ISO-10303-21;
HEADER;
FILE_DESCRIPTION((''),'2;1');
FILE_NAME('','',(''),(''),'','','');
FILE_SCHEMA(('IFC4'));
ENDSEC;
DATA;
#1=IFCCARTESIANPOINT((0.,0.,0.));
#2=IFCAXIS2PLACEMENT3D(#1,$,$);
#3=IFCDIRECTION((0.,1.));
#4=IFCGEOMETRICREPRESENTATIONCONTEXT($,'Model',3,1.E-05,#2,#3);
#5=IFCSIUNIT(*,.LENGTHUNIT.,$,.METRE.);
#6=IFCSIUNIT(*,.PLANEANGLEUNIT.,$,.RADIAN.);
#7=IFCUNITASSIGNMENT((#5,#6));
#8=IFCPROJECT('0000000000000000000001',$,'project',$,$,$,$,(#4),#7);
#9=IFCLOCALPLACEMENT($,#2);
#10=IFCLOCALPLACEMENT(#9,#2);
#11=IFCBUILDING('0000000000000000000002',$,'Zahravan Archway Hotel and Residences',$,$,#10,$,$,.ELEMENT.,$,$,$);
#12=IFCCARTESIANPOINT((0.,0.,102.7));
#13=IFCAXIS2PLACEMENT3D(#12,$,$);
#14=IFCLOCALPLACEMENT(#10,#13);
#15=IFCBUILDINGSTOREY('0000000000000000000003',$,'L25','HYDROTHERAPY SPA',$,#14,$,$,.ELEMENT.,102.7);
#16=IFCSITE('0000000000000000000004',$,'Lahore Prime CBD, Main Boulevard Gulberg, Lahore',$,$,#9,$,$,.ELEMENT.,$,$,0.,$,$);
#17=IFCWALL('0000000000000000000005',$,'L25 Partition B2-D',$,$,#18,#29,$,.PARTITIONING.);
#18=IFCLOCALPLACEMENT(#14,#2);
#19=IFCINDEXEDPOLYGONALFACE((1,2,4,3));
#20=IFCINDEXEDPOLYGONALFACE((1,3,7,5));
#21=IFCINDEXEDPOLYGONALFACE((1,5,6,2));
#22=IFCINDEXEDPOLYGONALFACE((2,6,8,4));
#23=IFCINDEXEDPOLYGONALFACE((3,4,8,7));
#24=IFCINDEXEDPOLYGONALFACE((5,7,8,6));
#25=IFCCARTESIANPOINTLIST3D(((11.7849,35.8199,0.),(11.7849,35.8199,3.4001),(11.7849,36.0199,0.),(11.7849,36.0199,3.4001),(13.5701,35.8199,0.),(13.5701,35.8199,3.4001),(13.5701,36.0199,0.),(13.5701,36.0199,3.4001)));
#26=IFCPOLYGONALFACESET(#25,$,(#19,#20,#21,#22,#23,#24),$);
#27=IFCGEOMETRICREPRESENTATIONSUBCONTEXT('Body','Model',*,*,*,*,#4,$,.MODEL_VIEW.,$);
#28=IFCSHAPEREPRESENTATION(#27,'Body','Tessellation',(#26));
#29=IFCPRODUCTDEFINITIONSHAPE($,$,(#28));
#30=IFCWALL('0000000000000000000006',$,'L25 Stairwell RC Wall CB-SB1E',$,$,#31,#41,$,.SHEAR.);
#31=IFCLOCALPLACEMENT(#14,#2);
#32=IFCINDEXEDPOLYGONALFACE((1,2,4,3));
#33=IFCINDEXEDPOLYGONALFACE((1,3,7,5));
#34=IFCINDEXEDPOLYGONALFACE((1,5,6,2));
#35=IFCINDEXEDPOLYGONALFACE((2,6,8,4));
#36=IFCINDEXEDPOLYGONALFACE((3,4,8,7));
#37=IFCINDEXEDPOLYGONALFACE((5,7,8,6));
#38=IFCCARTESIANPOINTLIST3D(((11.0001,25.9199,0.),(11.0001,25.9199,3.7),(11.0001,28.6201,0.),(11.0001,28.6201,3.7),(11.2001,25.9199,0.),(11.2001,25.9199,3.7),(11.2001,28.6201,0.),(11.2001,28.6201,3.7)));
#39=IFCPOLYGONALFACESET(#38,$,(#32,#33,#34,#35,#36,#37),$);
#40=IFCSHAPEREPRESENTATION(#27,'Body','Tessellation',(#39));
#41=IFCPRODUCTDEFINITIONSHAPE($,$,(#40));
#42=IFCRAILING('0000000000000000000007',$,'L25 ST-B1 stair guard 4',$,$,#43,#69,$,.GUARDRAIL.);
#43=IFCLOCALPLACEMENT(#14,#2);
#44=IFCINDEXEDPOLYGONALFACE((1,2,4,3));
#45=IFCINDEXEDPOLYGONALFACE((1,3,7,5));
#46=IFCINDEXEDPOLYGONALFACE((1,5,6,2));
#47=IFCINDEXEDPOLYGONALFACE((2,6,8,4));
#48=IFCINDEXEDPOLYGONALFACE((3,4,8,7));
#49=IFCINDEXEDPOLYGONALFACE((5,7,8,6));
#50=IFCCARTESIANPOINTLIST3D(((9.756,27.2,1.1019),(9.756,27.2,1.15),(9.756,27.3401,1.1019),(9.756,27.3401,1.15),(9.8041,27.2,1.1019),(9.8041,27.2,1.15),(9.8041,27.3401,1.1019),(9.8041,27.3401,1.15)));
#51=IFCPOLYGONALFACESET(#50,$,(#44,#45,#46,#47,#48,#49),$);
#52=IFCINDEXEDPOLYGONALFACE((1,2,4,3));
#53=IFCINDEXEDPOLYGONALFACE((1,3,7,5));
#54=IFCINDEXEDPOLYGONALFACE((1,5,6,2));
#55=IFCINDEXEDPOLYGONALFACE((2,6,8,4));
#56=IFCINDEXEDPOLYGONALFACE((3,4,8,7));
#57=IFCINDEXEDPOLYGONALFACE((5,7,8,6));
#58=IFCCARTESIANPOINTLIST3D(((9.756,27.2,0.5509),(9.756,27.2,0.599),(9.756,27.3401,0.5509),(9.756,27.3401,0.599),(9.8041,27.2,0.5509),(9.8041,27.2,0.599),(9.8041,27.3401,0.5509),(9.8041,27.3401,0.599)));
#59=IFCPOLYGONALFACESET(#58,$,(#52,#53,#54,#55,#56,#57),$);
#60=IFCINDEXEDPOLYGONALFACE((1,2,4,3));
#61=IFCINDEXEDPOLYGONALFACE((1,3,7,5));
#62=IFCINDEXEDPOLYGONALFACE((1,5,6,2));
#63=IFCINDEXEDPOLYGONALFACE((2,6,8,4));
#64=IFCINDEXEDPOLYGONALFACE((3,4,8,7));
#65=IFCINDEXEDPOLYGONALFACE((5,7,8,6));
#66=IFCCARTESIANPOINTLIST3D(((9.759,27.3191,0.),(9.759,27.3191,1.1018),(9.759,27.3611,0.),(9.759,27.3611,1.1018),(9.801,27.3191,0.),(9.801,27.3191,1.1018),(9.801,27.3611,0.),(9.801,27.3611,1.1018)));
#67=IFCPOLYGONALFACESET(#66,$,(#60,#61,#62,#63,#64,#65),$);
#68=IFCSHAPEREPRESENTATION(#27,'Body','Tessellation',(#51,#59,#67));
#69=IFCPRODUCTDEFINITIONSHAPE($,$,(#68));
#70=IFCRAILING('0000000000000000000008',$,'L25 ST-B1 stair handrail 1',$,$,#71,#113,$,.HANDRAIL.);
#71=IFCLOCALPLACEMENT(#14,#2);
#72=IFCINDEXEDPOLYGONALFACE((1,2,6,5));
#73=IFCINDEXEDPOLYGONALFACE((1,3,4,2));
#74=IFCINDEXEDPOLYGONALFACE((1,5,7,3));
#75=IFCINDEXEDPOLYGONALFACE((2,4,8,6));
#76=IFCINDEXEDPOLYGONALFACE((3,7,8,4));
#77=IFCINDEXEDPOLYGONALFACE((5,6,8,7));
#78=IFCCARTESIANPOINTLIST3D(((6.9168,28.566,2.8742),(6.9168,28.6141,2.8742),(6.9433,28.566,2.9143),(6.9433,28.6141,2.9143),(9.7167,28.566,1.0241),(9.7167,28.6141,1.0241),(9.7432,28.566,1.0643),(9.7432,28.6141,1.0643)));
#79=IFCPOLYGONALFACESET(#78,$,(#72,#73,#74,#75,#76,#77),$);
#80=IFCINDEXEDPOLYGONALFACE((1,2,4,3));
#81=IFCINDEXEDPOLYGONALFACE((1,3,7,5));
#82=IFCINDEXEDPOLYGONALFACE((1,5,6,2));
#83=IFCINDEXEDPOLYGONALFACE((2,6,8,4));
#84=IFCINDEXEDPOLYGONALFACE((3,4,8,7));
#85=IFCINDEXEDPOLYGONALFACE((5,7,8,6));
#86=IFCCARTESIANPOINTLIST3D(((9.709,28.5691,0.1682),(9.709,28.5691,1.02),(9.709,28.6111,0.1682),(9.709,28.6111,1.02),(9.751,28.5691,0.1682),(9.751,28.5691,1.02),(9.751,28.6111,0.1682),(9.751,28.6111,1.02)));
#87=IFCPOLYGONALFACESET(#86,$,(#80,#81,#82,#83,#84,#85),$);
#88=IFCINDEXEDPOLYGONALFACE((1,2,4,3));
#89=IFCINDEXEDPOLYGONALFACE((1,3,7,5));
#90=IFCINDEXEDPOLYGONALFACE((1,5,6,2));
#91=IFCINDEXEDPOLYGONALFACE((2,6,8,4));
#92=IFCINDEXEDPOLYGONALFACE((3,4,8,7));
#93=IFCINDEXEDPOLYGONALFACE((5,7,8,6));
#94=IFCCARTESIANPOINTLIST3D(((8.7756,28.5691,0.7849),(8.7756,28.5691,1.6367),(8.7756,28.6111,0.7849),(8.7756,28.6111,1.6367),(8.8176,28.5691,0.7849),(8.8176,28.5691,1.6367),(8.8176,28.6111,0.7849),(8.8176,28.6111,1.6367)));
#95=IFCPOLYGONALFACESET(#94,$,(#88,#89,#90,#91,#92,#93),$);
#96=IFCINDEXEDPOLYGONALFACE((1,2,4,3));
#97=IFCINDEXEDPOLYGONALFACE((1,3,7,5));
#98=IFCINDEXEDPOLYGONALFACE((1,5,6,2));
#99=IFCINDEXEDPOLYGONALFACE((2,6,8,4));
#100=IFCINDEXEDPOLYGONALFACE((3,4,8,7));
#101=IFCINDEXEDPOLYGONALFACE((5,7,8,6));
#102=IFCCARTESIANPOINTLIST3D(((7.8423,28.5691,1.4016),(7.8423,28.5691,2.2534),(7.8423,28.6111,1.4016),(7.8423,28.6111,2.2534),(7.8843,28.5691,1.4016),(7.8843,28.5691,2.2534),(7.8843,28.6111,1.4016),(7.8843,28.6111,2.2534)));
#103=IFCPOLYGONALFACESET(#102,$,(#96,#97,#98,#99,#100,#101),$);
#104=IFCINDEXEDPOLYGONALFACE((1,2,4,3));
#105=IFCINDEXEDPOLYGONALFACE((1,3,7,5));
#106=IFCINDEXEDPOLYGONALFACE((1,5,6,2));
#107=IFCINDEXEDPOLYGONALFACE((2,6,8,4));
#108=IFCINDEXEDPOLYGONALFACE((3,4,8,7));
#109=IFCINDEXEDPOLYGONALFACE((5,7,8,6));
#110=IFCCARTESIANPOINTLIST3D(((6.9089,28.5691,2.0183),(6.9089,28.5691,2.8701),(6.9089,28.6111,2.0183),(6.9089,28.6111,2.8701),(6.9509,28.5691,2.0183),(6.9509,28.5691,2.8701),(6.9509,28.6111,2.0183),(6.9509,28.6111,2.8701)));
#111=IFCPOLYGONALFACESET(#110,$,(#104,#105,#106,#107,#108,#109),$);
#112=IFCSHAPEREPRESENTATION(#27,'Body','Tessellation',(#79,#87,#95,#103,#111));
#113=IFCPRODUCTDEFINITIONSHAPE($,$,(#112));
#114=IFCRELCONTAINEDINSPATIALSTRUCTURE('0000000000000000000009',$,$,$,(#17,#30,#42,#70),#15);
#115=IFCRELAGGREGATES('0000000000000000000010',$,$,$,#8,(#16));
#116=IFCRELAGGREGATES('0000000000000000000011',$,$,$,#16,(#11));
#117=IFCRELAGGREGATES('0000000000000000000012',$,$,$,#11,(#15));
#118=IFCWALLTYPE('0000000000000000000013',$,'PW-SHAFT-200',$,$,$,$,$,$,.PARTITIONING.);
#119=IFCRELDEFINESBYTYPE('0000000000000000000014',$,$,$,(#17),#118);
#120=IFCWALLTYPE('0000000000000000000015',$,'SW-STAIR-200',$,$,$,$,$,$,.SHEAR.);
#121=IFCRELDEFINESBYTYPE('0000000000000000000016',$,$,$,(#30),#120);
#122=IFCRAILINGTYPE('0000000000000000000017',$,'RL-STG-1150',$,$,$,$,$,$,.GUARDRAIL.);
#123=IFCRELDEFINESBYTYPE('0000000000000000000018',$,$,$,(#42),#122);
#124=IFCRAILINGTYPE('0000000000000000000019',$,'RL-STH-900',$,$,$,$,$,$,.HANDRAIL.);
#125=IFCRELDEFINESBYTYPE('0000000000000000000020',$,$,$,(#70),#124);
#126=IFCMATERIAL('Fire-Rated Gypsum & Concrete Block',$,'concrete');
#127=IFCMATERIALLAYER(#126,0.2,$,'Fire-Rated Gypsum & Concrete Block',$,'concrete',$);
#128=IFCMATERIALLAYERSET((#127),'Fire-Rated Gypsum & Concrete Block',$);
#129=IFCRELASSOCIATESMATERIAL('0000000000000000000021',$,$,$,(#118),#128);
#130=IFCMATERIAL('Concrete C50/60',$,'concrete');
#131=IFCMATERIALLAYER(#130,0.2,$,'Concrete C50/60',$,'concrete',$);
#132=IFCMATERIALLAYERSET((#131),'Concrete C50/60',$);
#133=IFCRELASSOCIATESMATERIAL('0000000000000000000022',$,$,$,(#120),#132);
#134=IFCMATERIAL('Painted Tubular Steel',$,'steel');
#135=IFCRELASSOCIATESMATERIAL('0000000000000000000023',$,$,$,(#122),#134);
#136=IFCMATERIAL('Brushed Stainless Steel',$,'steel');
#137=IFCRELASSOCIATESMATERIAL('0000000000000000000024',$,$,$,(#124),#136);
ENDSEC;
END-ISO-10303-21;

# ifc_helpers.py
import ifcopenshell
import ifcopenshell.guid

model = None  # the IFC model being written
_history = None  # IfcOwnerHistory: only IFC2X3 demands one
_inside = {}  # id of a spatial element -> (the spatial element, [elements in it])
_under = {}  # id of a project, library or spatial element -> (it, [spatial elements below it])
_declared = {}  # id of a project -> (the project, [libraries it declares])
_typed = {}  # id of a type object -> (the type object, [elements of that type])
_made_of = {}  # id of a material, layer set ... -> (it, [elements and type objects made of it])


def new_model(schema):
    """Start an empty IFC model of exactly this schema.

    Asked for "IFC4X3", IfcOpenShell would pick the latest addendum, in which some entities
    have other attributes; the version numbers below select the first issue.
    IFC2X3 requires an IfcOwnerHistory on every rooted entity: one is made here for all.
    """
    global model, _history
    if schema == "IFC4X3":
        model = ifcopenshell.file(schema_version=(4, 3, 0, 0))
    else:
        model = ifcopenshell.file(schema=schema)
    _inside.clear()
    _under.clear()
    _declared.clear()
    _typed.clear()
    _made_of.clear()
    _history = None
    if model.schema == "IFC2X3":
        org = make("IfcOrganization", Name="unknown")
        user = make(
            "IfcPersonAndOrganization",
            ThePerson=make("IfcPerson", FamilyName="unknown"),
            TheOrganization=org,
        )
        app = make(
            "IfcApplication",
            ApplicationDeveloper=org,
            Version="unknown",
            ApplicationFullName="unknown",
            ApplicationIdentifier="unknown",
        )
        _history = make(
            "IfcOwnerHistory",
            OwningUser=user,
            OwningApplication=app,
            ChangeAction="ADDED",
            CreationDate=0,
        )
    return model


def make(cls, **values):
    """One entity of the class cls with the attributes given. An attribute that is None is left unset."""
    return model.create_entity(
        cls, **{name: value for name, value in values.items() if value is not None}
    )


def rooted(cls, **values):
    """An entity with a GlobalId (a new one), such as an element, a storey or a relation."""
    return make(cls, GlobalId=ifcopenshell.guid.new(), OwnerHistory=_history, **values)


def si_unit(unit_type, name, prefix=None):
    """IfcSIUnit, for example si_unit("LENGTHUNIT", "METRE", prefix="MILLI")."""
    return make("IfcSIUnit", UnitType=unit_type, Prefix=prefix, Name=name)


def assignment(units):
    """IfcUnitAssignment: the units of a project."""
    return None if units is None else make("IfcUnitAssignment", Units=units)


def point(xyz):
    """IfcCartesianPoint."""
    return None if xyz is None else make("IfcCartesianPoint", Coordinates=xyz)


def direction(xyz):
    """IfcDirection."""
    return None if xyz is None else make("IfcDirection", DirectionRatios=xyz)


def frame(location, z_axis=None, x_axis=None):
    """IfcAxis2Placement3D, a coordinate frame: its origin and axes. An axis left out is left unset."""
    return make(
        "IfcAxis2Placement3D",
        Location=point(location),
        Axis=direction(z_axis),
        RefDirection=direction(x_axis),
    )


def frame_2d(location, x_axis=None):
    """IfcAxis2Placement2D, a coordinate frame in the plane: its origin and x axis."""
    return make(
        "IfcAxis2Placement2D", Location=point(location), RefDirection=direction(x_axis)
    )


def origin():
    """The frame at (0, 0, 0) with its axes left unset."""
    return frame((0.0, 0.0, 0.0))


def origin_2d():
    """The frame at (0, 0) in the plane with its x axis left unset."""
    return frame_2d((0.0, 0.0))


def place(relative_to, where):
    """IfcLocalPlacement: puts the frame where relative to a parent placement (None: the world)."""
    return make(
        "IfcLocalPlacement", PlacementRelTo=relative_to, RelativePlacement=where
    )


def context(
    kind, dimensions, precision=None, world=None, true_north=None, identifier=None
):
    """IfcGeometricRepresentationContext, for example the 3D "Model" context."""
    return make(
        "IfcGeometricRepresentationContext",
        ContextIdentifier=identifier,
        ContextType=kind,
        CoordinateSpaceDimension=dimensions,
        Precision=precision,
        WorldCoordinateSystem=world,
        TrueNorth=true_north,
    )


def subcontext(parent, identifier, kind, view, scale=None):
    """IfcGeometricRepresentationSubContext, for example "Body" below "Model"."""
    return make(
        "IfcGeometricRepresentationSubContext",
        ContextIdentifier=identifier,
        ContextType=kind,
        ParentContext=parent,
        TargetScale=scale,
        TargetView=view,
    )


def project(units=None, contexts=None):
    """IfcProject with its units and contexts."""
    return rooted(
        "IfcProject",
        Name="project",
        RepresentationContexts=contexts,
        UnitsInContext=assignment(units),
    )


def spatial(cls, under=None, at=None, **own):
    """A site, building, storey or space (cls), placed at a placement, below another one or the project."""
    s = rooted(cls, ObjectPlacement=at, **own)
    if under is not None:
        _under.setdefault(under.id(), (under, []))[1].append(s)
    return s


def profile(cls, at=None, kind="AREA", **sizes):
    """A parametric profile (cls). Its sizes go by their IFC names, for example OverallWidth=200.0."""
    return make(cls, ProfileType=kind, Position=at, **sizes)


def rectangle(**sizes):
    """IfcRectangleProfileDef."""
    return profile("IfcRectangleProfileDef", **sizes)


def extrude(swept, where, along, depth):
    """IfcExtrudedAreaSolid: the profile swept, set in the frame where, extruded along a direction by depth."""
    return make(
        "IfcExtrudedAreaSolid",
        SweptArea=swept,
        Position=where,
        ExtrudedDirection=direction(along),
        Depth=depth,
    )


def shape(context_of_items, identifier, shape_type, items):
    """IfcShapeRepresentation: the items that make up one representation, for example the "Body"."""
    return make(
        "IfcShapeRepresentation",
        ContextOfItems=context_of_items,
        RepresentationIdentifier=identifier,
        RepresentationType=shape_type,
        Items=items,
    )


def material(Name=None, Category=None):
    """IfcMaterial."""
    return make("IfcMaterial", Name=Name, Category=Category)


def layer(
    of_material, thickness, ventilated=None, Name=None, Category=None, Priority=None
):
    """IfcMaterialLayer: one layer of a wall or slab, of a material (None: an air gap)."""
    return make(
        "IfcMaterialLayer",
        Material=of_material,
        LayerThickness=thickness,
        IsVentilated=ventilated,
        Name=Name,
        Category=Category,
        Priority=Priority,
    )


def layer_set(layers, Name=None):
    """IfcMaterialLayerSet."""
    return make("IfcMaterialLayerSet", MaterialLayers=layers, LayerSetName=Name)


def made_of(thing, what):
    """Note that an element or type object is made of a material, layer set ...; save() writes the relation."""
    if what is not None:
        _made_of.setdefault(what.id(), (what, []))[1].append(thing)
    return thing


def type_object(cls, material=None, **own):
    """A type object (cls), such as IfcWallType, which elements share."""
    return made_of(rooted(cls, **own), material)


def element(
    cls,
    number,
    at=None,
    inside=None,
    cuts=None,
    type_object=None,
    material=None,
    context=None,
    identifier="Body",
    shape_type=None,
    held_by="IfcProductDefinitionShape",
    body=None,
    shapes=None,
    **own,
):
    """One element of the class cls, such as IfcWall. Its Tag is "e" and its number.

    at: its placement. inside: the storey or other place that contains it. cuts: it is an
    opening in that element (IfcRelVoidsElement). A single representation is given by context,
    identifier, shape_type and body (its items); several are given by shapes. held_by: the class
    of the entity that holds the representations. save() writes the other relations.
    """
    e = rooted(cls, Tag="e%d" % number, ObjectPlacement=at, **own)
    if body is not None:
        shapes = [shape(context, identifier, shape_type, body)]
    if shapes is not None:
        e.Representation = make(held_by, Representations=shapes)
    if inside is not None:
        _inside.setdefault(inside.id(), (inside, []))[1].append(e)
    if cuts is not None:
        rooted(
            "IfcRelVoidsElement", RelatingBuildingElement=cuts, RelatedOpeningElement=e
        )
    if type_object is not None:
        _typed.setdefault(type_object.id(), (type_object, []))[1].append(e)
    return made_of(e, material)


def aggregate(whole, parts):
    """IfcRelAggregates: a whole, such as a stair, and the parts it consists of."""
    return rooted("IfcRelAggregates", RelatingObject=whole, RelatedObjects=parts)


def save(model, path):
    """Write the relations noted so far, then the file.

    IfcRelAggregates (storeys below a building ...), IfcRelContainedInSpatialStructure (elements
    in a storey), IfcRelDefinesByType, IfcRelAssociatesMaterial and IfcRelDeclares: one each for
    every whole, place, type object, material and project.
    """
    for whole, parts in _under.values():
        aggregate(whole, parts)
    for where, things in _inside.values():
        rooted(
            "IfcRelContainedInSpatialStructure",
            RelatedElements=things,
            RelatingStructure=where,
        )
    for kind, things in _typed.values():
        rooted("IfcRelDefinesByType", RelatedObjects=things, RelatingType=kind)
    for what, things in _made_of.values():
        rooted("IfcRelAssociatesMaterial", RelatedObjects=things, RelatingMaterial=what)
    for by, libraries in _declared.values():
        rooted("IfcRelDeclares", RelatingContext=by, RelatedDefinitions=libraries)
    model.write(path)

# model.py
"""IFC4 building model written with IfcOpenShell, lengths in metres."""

from ifc_helpers import new_model, si_unit, direction, frame, frame_2d, origin, origin_2d, place, context, subcontext, project, spatial, rectangle, extrude, material, layer, layer_set, type_object, element, save


model = new_model("IFC4")

# Units and contexts
model_context = context("Model", 3, precision=1e-05, world=origin(), true_north=direction((0.0, 1.0)))
body_context = subcontext(model_context, "Body", "Model", "MODEL_VIEW")
ifc_project = project(units=[si_unit("LENGTHUNIT", "METRE"), si_unit("PLANEANGLEUNIT", "RADIAN")], contexts=[model_context])

# Site, building, storey
site_placement = place(None, origin())
site = spatial("IfcSite", under=ifc_project, at=site_placement, Name="Lahore Prime CBD, Main Boulevard Gulberg, Lahore", CompositionType="ELEMENT", RefElevation=0.0)
building_placement = place(site_placement, origin())
building = spatial("IfcBuilding", under=site, at=building_placement, Name="Zahravan Archway Hotel and Residences", CompositionType="ELEMENT")
storey_placement = place(building_placement, frame((0.0, 0.0, 102.7)))
storey = spatial("IfcBuildingStorey", under=building, at=storey_placement, Name="L25", Description="HYDROTHERAPY SPA", CompositionType="ELEMENT", Elevation=102.7)

# Shared definitions
ifc_material_1 = material(Name="Fire-Rated Gypsum & Concrete Block", Category="concrete")
ifc_layer_1 = layer(ifc_material_1, 0.2, Name="Fire-Rated Gypsum & Concrete Block", Category="concrete")
ifc_layer_set_1 = layer_set([ifc_layer_1], Name="Fire-Rated Gypsum & Concrete Block")
wall_type_1 = type_object("IfcWallType", Name="PW-SHAFT-200", PredefinedType="PARTITIONING", material=ifc_layer_set_1)

# Shared definitions
ifc_material_2 = material(Name="Brushed Stainless Steel", Category="steel")

# Walls
wall_1_placement = place(storey_placement, frame((11.7849, 35.9199, 0.0), z_axis=(0.0, 0.0, 1.0), x_axis=(1.0, 0.0, 0.0)))
element("IfcWall", 1, at=wall_1_placement, inside=storey, type_object=wall_type_1, Name="L25 Partition B2-D", PredefinedType="PARTITIONING", context=body_context, shape_type="SweptSolid", body=[
    extrude(rectangle(XDim=1.7852, YDim=0.2, at=frame_2d((0.8926, 0.0))), origin(), (0.0, 0.0, 1.0), 3.4001),
])
ifc_material_3 = material(Name="Concrete C50/60", Category="concrete")
ifc_layer_2 = layer(ifc_material_3, 0.2, Name="Concrete C50/60", Category="concrete")
ifc_layer_set_2 = layer_set([ifc_layer_2], Name="Concrete C50/60")
wall_type_2 = type_object("IfcWallType", Name="SW-STAIR-200", PredefinedType="SHEAR", material=ifc_layer_set_2)
wall_2_placement = place(storey_placement, frame((11.1001, 25.9199, 0.0), z_axis=(0.0, 0.0, 1.0), x_axis=(0.0, 1.0, 0.0)))
element("IfcWall", 2, at=wall_2_placement, inside=storey, type_object=wall_type_2, Name="L25 Stairwell RC Wall CB-SB1E", PredefinedType="SHEAR", context=body_context, shape_type="SweptSolid", body=[
    extrude(rectangle(XDim=2.7002, YDim=0.2, at=frame_2d((1.3501, 0.0))), origin(), (0.0, 0.0, 1.0), 3.7),
])

# Railings
ifc_material_4 = material(Name="Painted Tubular Steel", Category="steel")
railing_type_1 = type_object("IfcRailingType", Name="RL-STG-1150", PredefinedType="GUARDRAIL", material=ifc_material_4)
railing_1_placement = place(storey_placement, frame((9.78, 27.3401, 0.0)))
element("IfcRailing", 3, at=railing_1_placement, inside=storey, type_object=railing_type_1, Name="L25 ST-B1 stair guard 4", PredefinedType="GUARDRAIL", context=body_context, shape_type="SweptSolid", body=[
    extrude(rectangle(XDim=0.0481, YDim=0.0481, at=origin_2d()), frame((0.0, 0.0, 1.126), z_axis=(0.0, -1.0, 0.0), x_axis=(1.0, 0.0, 0.0)), (0.0, 0.0, 1.0), 0.1401),
    extrude(rectangle(XDim=0.0481, YDim=0.0481, at=origin_2d()), frame((0.0, 0.0, 0.575), z_axis=(0.0, -1.0, 0.0), x_axis=(1.0, 0.0, 0.0)), (0.0, 0.0, 1.0), 0.1401),
    extrude(rectangle(XDim=0.042, YDim=0.042, at=origin_2d()), origin(), (0.0, 0.0, 1.0), 1.1018),
])
railing_type_2 = type_object("IfcRailingType", Name="RL-STH-900", PredefinedType="HANDRAIL", material=ifc_material_2)
railing_2_placement = place(storey_placement, frame((9.73, 28.5901, 0.1682)))
element("IfcRailing", 4, at=railing_2_placement, inside=storey, type_object=railing_type_2, Name="L25 ST-B1 stair handrail 1", PredefinedType="HANDRAIL", context=body_context, shape_type="SweptSolid", body=[
    extrude(rectangle(XDim=0.0481, YDim=0.0481, at=origin_2d()), frame((0.0, 0.0, 0.876), z_axis=(-0.834326, 0.0, 0.551271), x_axis=(0.0, -1.0, 0.0)), (0.0, 0.0, 1.0), 3.356),
    extrude(rectangle(XDim=0.042, YDim=0.042, at=origin_2d()), origin(), (0.0, 0.0, 1.0), 0.8518),
    extrude(rectangle(XDim=0.042, YDim=0.042, at=origin_2d()), frame((-0.9333, 0.0, 0.6167)), (0.0, 0.0, 1.0), 0.8518),
    extrude(rectangle(XDim=0.042, YDim=0.042, at=origin_2d()), frame((-1.8667, 0.0, 1.2334)), (0.0, 0.0, 1.0), 0.8518),
    extrude(rectangle(XDim=0.042, YDim=0.042, at=origin_2d()), frame((-2.8, 0.0, 1.8501)), (0.0, 0.0, 1.0), 0.8518),
])

save(model, "model.ifc")
